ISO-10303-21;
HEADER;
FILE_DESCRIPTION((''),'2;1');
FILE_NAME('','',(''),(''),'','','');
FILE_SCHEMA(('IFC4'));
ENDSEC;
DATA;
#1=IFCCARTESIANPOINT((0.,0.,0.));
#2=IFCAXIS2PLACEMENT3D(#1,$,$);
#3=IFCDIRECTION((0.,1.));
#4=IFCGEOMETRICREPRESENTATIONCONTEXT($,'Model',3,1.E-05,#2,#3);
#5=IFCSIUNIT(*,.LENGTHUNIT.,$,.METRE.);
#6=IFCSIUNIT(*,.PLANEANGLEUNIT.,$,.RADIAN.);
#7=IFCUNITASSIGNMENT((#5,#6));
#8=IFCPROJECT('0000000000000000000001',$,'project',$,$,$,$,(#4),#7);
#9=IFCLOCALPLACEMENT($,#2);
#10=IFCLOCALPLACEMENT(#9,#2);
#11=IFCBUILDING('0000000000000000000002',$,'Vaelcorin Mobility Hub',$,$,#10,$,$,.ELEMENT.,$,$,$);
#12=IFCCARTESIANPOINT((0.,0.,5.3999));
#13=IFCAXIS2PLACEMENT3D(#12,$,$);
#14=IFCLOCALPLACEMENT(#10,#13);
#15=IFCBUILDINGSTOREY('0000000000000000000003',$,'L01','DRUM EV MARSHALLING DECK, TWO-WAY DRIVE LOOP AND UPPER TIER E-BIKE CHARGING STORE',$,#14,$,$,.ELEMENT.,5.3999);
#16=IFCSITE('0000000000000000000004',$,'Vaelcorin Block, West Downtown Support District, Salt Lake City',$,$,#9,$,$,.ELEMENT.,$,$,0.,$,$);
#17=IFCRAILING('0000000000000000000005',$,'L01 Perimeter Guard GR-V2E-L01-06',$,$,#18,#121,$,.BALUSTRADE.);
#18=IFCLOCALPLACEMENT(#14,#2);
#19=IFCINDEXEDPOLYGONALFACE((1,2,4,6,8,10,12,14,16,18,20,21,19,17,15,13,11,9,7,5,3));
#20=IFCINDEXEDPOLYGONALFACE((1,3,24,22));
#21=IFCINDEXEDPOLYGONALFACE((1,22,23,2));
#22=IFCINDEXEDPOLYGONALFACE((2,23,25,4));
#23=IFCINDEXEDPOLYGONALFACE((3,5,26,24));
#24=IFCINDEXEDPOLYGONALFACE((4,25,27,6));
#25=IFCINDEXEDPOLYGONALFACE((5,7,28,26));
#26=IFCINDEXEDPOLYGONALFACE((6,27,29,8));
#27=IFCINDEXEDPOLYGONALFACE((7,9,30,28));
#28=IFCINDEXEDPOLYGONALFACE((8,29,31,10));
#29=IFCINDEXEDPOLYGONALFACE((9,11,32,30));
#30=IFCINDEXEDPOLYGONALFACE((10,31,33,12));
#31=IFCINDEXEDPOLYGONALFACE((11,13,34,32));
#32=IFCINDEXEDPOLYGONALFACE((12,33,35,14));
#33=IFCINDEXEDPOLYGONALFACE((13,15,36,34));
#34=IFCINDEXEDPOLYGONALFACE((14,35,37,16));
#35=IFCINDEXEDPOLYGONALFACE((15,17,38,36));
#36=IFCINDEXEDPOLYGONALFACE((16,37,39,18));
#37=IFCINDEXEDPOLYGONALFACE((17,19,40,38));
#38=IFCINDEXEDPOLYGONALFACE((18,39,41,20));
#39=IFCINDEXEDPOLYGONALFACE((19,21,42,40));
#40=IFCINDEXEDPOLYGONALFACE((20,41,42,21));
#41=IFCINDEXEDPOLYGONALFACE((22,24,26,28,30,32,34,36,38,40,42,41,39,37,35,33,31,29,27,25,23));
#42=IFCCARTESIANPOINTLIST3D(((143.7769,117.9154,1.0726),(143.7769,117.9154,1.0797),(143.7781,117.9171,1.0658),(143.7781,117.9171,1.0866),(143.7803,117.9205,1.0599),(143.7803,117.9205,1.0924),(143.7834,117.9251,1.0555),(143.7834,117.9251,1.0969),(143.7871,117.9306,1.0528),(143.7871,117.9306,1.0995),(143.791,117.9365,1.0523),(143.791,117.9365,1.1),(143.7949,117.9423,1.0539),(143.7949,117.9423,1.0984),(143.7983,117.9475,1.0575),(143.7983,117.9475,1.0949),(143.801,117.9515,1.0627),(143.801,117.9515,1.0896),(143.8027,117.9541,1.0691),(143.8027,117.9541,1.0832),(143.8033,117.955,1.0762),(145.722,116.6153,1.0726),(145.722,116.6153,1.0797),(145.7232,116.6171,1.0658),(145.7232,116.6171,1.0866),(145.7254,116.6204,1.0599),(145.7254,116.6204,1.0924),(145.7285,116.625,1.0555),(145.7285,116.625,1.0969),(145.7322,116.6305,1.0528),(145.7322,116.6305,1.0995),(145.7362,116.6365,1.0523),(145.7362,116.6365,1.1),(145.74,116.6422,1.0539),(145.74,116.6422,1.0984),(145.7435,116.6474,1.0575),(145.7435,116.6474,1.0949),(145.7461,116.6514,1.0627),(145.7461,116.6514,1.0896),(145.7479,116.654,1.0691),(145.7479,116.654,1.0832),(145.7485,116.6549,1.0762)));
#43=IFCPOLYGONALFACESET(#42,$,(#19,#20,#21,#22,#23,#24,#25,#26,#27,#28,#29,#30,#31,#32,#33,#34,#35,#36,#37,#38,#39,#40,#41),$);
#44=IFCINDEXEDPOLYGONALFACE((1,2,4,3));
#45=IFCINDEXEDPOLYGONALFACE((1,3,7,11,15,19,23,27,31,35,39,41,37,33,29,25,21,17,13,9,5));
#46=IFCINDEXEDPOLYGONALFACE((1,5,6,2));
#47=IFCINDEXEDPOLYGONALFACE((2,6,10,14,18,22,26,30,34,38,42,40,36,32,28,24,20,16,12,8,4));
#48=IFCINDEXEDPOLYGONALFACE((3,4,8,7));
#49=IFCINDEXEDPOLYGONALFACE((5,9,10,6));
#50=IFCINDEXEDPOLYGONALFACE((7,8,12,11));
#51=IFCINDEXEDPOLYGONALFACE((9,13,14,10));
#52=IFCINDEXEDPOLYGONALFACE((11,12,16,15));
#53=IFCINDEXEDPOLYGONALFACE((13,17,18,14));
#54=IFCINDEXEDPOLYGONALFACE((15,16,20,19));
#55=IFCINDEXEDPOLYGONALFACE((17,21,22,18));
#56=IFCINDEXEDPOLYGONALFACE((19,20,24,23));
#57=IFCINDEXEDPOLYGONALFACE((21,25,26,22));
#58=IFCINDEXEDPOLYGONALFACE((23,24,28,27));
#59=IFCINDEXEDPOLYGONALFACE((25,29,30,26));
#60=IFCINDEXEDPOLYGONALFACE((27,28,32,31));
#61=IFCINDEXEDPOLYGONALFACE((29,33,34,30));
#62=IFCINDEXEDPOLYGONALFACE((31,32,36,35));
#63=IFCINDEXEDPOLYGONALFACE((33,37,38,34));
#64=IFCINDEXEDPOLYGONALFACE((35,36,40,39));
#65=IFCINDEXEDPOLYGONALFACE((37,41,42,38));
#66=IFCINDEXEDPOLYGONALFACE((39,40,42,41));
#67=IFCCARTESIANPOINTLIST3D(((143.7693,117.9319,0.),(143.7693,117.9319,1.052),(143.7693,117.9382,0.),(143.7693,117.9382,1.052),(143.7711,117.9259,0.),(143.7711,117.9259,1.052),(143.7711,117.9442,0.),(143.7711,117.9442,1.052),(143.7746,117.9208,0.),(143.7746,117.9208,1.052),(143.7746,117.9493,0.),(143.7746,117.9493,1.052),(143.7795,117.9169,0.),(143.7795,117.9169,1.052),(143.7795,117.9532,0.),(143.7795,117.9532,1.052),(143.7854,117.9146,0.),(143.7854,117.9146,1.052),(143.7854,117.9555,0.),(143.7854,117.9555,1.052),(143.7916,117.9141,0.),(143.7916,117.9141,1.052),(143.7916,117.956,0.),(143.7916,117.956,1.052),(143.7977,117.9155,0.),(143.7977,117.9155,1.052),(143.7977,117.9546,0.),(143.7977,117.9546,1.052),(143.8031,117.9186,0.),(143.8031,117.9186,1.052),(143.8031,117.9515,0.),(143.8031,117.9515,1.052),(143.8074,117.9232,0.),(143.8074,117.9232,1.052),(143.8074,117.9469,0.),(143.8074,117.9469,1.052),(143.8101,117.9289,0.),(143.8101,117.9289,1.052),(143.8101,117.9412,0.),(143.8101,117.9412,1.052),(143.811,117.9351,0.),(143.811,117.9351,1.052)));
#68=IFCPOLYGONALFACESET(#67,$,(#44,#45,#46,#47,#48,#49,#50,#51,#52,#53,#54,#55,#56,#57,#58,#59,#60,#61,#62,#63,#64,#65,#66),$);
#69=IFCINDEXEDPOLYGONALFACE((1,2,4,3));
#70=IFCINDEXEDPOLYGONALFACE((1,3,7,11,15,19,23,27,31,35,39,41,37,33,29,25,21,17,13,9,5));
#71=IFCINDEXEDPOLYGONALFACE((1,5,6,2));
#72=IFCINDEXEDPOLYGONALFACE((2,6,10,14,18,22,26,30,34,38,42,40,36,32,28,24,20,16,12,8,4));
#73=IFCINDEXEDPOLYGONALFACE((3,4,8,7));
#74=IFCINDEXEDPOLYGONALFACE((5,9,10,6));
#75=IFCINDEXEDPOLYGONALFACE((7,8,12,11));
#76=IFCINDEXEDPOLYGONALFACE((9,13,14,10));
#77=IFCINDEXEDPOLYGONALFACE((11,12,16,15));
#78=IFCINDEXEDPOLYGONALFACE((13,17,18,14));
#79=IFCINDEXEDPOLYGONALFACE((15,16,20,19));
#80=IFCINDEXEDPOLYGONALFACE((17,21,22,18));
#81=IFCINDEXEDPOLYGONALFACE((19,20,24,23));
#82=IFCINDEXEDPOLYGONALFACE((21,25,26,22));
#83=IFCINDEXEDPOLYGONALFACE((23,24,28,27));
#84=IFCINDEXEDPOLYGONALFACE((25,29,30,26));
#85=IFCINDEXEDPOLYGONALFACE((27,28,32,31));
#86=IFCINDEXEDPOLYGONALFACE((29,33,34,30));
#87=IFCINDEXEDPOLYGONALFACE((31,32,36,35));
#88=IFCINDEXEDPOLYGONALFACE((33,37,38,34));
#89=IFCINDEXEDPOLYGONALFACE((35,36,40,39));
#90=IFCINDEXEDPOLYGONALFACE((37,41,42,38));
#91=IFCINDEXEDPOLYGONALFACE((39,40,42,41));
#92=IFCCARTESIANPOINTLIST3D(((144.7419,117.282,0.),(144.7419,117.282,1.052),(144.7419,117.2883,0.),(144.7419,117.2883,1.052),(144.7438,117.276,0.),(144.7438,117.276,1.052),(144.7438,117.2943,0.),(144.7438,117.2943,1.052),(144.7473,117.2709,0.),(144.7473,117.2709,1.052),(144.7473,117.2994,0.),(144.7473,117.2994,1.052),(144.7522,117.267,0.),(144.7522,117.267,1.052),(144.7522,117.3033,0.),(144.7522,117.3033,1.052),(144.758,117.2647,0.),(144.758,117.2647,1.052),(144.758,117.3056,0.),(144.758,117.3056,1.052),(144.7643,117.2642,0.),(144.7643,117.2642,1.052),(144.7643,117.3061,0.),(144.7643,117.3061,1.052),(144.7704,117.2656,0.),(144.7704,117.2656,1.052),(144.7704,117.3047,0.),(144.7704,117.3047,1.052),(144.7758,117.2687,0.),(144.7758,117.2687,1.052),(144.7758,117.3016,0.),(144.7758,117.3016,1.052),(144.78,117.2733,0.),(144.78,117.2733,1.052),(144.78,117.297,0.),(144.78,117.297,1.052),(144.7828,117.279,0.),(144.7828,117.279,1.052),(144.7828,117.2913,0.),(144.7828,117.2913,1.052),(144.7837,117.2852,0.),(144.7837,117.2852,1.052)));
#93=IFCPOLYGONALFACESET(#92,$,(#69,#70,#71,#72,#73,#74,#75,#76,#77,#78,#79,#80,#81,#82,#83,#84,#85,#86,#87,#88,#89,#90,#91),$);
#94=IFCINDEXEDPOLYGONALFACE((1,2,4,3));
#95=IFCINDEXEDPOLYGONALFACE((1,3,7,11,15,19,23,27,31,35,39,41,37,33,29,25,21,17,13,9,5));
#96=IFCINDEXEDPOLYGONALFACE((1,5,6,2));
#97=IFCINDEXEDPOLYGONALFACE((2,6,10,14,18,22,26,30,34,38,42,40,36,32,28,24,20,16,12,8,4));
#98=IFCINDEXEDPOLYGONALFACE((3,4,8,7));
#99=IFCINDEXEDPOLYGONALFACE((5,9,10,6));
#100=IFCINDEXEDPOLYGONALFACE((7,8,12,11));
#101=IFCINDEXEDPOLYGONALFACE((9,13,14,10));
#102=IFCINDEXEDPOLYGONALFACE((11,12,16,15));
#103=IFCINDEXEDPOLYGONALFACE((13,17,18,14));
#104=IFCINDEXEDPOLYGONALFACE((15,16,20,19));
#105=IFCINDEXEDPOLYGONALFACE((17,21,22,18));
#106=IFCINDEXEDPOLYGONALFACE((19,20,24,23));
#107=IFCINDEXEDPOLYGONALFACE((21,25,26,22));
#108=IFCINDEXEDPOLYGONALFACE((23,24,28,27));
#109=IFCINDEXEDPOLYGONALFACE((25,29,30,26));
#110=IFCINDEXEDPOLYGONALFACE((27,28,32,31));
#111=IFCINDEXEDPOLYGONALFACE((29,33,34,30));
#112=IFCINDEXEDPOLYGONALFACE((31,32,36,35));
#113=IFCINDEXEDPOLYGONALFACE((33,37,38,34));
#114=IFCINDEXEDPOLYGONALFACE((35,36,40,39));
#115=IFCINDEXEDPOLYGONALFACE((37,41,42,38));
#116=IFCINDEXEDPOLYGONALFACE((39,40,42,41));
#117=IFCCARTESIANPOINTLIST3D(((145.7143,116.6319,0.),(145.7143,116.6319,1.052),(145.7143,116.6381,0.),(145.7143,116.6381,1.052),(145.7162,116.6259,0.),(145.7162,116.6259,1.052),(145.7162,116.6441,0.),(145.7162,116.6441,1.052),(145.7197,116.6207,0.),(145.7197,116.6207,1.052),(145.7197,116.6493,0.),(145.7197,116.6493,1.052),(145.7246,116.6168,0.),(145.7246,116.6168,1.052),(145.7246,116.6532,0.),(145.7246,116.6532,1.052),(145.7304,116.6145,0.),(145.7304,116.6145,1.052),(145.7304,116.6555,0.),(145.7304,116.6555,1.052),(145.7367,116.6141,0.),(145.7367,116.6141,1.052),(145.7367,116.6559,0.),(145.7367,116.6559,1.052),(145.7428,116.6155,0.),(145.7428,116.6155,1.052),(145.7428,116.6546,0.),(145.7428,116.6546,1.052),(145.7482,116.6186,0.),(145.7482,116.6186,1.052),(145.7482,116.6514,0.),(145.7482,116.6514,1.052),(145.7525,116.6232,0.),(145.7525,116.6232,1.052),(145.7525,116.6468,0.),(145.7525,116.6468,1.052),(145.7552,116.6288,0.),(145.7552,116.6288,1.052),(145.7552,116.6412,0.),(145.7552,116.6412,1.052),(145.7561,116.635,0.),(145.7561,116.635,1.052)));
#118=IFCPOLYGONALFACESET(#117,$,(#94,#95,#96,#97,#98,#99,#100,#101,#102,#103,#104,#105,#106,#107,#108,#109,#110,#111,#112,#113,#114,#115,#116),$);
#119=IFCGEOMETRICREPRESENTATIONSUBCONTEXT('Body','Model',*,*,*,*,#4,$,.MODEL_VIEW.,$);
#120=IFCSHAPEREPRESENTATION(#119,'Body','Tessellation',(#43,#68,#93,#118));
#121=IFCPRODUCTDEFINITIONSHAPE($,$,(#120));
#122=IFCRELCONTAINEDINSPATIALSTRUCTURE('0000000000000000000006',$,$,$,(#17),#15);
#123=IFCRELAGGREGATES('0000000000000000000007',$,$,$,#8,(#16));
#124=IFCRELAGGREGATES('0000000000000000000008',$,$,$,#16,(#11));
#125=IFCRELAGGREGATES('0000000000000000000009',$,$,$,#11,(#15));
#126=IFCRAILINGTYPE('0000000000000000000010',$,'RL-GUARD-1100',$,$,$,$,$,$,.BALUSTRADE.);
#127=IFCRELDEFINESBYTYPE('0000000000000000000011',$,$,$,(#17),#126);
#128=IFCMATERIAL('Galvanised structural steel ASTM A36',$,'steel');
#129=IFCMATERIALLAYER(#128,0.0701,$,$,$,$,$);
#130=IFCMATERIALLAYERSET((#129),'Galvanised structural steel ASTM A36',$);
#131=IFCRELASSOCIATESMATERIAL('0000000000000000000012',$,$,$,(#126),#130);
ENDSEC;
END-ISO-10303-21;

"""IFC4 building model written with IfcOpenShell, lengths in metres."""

from ifc_helpers import new_model, si_unit, direction, frame, origin, origin_2d, place, context, subcontext, project, spatial, circle, extrude, material, layer, layer_set, type_object, element, save


model = new_model("IFC4")

# Units and contexts
model_context = context("Model", 3, precision=1e-05, world=origin(), true_north=direction((0.0, 1.0)))
body_context = subcontext(model_context, "Body", "Model", "MODEL_VIEW")
ifc_project = project(units=[si_unit("LENGTHUNIT", "METRE"), si_unit("PLANEANGLEUNIT", "RADIAN")], contexts=[model_context])

# Site, building, storey
site_placement = place(None, origin())
site = spatial("IfcSite", under=ifc_project, at=site_placement, Name="Vaelcorin Block, West Downtown Support District, Salt Lake City", CompositionType="ELEMENT", RefElevation=0.0)
building_placement = place(site_placement, origin())
building = spatial("IfcBuilding", under=site, at=building_placement, Name="Vaelcorin Mobility Hub", CompositionType="ELEMENT")
storey_placement = place(building_placement, frame((0.0, 0.0, 5.3999)))
storey = spatial("IfcBuildingStorey", under=building, at=storey_placement, Name="L01", Description="DRUM EV MARSHALLING DECK, TWO-WAY DRIVE LOOP AND UPPER TIER E-BIKE CHARGING STORE", CompositionType="ELEMENT", Elevation=5.3999)

# Railing
ifc_material_1 = material(Name="Galvanised structural steel ASTM A36", Category="steel")
ifc_layer_1 = layer(ifc_material_1, 0.0701)
ifc_layer_set_1 = layer_set([ifc_layer_1], Name="Galvanised structural steel ASTM A36")
railing_type = type_object("IfcRailingType", Name="RL-GUARD-1100", PredefinedType="BALUSTRADE", material=ifc_layer_set_1)
railing_1_placement = place(storey_placement, frame((143.79, 117.9351, 0.0)))
element("IfcRailing", 1, at=railing_1_placement, inside=storey, type_object=railing_type, Name="L01 Perimeter Guard GR-V2E-L01-06", PredefinedType="BALUSTRADE", context=body_context, shape_type="SweptSolid", body=[
    extrude(circle(Radius=0.0239, at=origin_2d()), frame((0.0, 0.0, 1.0762), z_axis=(0.831391, -0.555687, 0.0), x_axis=(0.555687, 0.831391, 0.0)), (0.0, 0.0, 1.0), 2.3396),
    extrude(circle(Radius=0.021, at=origin_2d()), origin(), (0.0, 0.0, 1.0), 1.052),
    extrude(circle(Radius=0.021, at=origin_2d()), frame((0.9727, -0.6499, 0.0)), (0.0, 0.0, 1.0), 1.052),
    extrude(circle(Radius=0.021, at=origin_2d()), frame((1.9451, -1.3, 0.0)), (0.0, 0.0, 1.0), 1.052),
])

save(model, "model.ifc")
